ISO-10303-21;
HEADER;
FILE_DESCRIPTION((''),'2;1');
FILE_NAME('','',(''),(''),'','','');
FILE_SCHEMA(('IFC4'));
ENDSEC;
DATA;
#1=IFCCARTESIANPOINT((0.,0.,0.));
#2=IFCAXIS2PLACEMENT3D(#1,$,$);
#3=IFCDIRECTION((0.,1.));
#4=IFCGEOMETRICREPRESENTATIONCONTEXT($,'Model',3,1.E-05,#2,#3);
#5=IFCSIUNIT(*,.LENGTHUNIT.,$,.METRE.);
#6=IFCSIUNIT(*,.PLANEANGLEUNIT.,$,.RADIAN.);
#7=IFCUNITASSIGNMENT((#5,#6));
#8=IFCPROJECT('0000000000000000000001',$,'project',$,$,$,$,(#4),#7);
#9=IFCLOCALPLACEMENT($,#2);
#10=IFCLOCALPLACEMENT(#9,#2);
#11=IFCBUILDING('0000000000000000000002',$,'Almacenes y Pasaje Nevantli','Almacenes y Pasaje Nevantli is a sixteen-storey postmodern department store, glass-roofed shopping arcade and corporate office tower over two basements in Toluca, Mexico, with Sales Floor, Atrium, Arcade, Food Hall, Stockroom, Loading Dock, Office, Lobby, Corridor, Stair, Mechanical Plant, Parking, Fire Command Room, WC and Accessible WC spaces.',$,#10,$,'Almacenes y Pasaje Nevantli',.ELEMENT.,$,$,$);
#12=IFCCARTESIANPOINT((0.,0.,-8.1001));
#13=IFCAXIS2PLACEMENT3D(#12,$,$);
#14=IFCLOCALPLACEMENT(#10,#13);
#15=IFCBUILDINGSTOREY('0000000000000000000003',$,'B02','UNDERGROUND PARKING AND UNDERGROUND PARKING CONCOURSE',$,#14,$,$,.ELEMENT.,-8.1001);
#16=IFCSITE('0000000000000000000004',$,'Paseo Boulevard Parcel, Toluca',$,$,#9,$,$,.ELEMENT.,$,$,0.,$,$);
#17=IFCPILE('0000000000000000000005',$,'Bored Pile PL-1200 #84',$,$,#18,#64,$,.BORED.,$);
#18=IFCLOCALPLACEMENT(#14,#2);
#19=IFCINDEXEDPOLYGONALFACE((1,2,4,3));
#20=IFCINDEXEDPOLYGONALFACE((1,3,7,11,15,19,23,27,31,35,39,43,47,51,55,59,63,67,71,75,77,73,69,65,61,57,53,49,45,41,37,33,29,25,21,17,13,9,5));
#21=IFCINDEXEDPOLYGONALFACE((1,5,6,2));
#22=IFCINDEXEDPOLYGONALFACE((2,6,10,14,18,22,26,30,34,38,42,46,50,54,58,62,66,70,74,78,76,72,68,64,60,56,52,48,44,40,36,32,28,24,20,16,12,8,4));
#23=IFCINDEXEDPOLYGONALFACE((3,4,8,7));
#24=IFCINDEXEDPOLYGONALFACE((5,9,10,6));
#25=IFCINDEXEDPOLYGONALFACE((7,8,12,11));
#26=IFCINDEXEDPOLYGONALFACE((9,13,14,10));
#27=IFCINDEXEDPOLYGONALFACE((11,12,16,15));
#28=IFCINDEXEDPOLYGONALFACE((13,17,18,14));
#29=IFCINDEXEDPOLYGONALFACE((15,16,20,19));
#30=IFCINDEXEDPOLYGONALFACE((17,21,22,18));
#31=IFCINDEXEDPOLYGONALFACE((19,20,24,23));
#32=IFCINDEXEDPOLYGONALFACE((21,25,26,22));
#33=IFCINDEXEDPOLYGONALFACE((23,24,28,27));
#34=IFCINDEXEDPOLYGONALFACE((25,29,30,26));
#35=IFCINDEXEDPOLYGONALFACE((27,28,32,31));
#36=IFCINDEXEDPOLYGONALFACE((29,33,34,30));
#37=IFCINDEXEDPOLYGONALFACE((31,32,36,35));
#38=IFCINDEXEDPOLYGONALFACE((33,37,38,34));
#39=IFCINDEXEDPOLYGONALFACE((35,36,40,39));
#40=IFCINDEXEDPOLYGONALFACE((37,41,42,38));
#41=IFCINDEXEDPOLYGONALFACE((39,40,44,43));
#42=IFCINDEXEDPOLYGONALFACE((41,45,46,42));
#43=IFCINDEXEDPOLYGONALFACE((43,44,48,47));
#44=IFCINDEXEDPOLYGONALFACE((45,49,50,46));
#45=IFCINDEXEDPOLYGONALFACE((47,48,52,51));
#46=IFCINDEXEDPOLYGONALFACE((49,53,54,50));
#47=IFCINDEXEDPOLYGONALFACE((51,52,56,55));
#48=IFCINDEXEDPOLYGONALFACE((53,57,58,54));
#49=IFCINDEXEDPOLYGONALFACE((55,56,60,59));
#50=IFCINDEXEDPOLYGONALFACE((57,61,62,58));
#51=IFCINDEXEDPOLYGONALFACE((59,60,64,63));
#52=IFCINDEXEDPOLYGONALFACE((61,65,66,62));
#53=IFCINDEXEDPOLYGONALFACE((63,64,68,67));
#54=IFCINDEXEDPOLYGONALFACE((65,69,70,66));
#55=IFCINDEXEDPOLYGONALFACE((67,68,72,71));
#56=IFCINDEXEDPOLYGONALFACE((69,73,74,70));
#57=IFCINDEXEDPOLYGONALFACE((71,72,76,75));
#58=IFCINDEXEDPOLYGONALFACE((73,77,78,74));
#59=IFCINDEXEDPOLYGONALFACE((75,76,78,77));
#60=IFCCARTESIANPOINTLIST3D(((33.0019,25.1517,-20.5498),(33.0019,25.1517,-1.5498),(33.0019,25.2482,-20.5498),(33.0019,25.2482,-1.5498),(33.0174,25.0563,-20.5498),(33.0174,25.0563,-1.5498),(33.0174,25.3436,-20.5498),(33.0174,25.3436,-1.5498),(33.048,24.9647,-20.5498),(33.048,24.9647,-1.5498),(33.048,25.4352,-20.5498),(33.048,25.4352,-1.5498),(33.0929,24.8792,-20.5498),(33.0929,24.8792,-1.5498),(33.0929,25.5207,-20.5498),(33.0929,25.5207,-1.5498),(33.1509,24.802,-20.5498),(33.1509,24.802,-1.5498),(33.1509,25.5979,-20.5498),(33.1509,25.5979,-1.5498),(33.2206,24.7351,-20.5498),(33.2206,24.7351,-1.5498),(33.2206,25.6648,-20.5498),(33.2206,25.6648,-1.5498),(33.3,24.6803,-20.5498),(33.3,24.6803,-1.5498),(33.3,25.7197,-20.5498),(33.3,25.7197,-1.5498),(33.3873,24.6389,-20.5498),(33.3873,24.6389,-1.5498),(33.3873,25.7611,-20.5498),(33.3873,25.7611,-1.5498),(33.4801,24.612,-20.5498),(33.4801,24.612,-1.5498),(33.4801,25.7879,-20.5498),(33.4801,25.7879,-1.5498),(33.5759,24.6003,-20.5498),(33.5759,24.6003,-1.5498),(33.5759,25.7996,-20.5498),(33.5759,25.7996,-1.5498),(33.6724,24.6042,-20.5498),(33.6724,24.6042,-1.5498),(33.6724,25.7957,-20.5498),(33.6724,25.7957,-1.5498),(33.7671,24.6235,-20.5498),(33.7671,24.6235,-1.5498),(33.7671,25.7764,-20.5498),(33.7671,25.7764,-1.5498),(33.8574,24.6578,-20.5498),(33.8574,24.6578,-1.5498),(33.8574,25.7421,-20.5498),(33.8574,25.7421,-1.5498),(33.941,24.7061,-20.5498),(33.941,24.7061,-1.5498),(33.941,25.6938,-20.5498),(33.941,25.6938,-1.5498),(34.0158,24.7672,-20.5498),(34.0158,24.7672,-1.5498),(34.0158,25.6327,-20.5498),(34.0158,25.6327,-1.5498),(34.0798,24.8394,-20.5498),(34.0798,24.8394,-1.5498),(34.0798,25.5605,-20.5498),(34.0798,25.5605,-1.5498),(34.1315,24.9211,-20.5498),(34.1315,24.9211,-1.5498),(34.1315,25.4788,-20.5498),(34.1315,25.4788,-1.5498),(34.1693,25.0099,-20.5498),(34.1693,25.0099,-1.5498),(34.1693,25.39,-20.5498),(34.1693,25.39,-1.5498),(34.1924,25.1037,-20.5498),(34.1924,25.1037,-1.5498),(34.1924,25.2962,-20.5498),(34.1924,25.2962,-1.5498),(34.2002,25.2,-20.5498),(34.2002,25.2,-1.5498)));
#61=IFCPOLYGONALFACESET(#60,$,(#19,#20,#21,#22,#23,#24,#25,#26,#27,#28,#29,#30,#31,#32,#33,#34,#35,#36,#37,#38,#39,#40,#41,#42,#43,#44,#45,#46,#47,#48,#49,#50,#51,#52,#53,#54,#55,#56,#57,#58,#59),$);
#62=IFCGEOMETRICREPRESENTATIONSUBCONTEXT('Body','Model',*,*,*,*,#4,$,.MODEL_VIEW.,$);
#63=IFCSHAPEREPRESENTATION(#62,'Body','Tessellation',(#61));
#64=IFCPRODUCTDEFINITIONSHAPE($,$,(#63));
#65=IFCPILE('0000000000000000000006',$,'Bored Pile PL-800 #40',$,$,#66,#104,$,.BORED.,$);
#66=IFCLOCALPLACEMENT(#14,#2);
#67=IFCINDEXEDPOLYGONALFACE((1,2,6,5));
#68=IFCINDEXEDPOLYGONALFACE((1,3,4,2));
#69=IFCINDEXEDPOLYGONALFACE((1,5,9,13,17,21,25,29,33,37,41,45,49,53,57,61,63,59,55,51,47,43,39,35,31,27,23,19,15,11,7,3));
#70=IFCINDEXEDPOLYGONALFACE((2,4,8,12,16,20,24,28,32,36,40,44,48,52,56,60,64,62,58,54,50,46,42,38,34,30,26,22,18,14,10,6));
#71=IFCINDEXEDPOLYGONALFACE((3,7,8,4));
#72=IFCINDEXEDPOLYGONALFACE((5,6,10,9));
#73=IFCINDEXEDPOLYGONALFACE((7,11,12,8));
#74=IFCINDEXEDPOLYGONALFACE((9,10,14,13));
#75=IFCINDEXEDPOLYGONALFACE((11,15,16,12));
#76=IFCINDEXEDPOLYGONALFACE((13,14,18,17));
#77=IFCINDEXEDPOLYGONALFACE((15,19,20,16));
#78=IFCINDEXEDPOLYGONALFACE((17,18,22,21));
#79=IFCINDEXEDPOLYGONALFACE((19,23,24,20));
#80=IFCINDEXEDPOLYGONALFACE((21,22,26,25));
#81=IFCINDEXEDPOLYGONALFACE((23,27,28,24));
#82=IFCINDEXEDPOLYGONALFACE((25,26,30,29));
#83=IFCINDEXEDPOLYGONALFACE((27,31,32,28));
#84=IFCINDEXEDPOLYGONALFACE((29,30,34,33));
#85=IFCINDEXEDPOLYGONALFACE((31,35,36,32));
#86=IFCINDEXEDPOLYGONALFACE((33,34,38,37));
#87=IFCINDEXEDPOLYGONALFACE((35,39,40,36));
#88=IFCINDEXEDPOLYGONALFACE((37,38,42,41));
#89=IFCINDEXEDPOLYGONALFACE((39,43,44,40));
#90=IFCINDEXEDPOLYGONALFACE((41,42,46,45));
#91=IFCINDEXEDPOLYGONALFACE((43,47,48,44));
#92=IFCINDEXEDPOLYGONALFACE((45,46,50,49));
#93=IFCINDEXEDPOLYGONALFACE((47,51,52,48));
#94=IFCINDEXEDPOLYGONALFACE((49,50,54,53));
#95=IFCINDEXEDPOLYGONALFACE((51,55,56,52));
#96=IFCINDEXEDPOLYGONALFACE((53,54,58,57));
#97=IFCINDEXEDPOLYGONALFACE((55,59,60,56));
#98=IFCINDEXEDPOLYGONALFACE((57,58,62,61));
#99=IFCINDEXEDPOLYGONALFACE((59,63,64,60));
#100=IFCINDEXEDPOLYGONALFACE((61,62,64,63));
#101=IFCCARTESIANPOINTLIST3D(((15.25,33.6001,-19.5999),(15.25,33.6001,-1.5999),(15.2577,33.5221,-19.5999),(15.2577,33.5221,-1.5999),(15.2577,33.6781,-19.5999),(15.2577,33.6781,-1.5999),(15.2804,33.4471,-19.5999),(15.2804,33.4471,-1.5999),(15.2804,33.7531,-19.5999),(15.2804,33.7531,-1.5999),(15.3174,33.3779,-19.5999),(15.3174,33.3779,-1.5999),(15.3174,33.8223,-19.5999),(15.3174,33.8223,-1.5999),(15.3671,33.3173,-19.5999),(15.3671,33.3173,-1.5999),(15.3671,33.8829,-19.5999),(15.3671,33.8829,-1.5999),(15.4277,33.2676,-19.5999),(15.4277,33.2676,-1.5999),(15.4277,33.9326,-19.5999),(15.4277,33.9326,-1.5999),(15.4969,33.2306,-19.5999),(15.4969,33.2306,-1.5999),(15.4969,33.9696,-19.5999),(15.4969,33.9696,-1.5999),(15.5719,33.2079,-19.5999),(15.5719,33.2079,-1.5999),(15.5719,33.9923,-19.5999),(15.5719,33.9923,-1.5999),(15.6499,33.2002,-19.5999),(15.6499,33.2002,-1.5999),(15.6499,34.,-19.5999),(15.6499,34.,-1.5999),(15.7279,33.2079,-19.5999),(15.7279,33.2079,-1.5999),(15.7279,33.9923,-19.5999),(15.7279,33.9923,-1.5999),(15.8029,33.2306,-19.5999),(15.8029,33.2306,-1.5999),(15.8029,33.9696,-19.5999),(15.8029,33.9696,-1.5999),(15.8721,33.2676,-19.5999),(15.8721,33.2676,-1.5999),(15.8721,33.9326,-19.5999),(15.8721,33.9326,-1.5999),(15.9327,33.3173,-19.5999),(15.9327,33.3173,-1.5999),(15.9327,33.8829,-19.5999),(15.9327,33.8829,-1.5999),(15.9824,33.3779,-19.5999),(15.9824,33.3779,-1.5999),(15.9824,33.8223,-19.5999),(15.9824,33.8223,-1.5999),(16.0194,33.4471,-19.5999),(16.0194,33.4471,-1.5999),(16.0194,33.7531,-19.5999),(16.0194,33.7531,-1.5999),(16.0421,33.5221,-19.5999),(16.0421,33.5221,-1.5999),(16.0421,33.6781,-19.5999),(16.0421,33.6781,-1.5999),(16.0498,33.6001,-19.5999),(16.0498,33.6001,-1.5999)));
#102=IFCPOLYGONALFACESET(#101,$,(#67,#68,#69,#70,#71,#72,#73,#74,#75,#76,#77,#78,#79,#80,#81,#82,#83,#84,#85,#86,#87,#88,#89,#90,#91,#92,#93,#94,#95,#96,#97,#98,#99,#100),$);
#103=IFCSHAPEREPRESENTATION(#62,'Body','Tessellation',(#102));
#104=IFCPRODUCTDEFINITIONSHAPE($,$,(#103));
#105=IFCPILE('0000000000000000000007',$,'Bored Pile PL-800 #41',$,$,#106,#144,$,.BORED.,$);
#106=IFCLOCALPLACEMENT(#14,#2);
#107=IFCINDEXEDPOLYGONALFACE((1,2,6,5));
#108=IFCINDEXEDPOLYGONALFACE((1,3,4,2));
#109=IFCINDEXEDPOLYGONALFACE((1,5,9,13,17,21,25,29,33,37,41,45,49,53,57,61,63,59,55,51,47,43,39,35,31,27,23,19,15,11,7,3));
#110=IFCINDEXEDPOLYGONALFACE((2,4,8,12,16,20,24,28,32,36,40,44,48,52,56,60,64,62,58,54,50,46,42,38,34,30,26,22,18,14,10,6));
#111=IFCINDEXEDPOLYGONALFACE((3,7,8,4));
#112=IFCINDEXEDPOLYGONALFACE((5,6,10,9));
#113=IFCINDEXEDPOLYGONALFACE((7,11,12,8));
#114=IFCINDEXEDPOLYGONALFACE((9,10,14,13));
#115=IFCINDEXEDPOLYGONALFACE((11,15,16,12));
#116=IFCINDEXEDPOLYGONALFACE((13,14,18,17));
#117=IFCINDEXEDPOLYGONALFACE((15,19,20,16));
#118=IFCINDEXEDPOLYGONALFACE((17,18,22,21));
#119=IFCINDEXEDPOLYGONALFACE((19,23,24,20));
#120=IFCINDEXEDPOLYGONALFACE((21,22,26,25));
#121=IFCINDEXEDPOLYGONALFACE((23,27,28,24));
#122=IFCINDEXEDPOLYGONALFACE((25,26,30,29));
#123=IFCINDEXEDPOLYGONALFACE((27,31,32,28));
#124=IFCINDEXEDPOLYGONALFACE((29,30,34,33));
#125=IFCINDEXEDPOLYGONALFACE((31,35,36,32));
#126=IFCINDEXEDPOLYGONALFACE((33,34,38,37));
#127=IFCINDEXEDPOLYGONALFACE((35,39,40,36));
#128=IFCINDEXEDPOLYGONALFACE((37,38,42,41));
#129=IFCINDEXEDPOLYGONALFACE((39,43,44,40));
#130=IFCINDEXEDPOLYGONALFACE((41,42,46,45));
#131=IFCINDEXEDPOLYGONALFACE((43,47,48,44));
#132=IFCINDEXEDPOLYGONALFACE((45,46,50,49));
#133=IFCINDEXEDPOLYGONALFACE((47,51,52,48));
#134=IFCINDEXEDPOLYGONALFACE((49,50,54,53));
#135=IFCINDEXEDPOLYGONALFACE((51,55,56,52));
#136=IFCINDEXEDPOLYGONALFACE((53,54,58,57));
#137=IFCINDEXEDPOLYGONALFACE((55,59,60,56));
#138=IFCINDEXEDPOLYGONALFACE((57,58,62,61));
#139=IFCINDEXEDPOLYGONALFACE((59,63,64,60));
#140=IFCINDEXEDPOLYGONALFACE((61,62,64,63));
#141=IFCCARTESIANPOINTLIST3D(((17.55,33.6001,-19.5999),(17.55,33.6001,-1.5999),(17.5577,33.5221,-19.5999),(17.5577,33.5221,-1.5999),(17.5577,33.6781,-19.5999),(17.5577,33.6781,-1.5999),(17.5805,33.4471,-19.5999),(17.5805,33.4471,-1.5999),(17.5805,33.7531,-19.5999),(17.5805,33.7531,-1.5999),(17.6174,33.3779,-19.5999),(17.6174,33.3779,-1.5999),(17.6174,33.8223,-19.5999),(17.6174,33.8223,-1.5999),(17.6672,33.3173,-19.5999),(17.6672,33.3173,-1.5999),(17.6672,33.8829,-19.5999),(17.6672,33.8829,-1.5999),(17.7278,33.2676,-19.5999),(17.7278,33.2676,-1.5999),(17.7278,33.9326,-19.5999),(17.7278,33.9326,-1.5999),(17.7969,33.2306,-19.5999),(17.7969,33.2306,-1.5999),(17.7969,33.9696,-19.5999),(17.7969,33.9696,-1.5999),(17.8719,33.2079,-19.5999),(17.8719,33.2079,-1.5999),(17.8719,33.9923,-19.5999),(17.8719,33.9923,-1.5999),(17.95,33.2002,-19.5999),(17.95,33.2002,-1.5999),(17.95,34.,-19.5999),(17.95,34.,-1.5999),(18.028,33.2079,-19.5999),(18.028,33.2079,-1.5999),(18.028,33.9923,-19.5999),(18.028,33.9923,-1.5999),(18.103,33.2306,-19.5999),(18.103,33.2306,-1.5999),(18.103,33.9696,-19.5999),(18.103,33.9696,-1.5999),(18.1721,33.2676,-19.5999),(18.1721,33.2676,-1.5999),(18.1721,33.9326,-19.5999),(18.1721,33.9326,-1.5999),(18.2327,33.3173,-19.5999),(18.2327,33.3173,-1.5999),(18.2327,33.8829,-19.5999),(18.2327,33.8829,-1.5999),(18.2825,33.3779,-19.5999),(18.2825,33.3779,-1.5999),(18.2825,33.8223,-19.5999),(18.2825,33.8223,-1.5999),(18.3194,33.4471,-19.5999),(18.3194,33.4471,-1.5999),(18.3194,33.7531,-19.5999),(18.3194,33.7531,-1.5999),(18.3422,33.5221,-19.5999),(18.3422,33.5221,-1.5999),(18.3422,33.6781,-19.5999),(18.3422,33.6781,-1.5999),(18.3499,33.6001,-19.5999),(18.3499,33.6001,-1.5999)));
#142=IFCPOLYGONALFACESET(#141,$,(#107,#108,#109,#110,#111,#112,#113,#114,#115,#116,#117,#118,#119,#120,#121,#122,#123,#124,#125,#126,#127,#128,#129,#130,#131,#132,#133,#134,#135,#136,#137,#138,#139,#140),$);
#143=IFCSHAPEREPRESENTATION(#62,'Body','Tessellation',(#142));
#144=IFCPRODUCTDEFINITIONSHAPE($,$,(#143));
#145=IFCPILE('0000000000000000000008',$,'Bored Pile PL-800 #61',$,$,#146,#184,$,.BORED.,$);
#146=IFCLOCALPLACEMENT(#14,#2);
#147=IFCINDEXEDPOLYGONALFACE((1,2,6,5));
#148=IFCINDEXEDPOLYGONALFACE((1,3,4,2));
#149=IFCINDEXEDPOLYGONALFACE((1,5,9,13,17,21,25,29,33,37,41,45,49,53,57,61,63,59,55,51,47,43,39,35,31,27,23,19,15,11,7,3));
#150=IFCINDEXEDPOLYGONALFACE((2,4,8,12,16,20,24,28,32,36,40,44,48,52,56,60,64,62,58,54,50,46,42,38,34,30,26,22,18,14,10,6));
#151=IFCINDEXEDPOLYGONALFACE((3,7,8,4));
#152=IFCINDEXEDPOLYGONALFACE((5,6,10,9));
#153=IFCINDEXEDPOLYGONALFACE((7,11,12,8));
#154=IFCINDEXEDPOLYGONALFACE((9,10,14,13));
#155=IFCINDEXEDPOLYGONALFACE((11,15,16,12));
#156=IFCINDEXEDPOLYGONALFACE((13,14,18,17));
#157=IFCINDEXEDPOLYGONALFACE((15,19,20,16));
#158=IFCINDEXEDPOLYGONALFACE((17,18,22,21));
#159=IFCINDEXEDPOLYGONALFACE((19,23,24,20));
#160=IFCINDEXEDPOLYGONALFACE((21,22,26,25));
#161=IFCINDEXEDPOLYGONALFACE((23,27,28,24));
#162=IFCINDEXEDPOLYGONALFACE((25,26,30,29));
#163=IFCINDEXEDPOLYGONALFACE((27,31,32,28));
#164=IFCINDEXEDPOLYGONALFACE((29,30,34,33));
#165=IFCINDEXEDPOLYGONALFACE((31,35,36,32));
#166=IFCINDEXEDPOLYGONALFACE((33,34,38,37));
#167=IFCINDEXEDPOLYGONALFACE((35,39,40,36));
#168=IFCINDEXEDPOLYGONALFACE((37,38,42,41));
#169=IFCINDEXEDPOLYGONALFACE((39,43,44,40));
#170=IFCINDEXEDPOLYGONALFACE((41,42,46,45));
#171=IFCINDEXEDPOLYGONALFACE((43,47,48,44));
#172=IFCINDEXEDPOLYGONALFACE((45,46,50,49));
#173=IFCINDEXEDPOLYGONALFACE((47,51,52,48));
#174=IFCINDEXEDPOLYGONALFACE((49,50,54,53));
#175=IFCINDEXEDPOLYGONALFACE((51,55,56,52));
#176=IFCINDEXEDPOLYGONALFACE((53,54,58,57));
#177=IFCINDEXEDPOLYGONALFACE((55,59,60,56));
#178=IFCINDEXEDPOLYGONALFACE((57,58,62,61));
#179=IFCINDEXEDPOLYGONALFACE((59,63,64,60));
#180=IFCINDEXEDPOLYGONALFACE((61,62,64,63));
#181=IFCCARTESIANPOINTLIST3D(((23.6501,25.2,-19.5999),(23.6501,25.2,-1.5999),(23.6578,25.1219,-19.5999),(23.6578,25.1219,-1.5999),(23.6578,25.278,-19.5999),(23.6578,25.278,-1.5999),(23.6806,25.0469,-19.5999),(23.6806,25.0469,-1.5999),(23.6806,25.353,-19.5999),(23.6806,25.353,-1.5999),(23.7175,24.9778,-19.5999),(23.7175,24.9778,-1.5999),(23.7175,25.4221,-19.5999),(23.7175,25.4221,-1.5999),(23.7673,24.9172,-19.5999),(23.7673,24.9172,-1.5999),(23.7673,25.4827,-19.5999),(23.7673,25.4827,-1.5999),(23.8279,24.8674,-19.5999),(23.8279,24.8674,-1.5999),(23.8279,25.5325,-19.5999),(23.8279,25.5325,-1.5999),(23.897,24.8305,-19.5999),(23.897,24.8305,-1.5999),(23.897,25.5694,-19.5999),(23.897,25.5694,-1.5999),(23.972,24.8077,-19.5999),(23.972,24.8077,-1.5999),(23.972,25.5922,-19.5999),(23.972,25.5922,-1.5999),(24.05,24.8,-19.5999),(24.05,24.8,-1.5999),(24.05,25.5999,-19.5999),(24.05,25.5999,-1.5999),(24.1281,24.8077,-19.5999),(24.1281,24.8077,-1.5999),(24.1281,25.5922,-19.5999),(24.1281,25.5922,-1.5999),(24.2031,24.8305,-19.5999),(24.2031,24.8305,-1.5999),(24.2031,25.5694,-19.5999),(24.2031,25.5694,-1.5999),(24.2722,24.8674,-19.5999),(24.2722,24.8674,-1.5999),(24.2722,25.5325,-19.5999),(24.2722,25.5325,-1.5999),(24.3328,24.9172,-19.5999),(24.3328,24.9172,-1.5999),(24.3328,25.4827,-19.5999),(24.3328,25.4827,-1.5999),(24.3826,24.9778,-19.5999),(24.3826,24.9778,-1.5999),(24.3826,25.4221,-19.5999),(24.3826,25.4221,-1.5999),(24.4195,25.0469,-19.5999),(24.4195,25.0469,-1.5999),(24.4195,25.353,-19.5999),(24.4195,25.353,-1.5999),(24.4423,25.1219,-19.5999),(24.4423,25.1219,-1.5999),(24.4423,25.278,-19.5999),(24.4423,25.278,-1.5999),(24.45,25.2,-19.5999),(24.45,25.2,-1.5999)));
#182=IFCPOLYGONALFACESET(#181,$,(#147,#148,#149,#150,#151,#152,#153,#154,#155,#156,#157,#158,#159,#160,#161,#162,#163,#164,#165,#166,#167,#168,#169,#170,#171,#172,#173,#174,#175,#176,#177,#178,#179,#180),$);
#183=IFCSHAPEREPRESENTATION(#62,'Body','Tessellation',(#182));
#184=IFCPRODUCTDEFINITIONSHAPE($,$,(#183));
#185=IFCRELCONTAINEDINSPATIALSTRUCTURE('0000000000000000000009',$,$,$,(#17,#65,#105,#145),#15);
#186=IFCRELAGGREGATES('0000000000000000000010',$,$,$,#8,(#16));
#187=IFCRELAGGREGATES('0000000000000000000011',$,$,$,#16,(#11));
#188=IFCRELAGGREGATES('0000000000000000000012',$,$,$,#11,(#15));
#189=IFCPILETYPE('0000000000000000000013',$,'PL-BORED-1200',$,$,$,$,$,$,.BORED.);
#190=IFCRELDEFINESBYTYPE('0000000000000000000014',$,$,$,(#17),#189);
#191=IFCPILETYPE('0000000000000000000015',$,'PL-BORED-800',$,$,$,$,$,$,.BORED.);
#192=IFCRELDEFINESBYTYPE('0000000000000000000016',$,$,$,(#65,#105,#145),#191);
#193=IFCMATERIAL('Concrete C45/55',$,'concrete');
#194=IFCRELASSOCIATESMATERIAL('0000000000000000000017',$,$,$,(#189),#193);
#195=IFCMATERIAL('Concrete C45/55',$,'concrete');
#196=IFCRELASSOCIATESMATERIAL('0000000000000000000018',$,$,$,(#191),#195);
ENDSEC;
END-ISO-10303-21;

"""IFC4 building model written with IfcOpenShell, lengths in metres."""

from ifc_helpers import new_model, si_unit, direction, frame, origin, origin_2d, place, context, subcontext, project, spatial, circle, extrude, material, material_profile, profile_set, type_object, element, save


model = new_model("IFC4")

# Units and contexts
model_context = context("Model", 3, precision=1e-05, world=origin(), true_north=direction((0.0, 1.0)))
body_context = subcontext(model_context, "Body", "Model", "MODEL_VIEW")
ifc_project = project(units=[si_unit("LENGTHUNIT", "METRE"), si_unit("PLANEANGLEUNIT", "RADIAN")], contexts=[model_context])

# Site, building, storey
site_placement = place(None, origin())
site = spatial("IfcSite", under=ifc_project, at=site_placement, Name="Paseo Boulevard Parcel, Toluca", CompositionType="ELEMENT", RefElevation=0.0)
building_placement = place(site_placement, origin())
building = spatial("IfcBuilding", under=site, at=building_placement, Name="Almacenes y Pasaje Nevantli", Description="Almacenes y Pasaje Nevantli is a sixteen-storey postmodern department store, glass-roofed shopping arcade and corporate office tower over two basements in Toluca, Mexico, with Sales Floor, Atrium, Arcade, Food Hall, Stockroom, Loading Dock, Office, Lobby, Corridor, Stair, Mechanical Plant, Parking, Fire Command Room, WC and Accessible WC spaces.", LongName="Almacenes y Pasaje Nevantli", CompositionType="ELEMENT")
storey_placement = place(building_placement, frame((0.0, 0.0, -8.1001)))
storey = spatial("IfcBuildingStorey", under=building, at=storey_placement, Name="B02", Description="UNDERGROUND PARKING AND UNDERGROUND PARKING CONCOURSE", CompositionType="ELEMENT", Elevation=-8.1001)

# Piles
ifc_material_1 = material(Name="Concrete C45/55", Category="concrete")
ifc_material_profile_1 = material_profile(ifc_material_1, circle(Radius=0.6001, at=origin_2d()), Name="RC-PILE-D1200")
ifc_profile_set_1 = profile_set([ifc_material_profile_1], Name="Concrete C45/55")
pile_type_1 = type_object("IfcPileType", Name="PL-BORED-1200", PredefinedType="BORED", material=ifc_profile_set_1)
for number, where, z_axis, x_axis, name in (
    (1, (33.6001, 25.2, -1.5498), (0.0, 0.0, -1.0), (1.0, 0.0, 0.0), "Bored Pile PL-1200 #84"),
):
    element("IfcPile", number, at=place(storey_placement, frame(where, z_axis=z_axis, x_axis=x_axis)), inside=storey, type_object=pile_type_1, Name=name, PredefinedType="BORED", context=body_context, shape_type="SweptSolid", body=[
        extrude(circle(Radius=0.6001, at=origin_2d()), origin(), (0.0, 0.0, 1.0), 19.0),
    ])
ifc_material_2 = material(Name="Concrete C45/55", Category="concrete")
ifc_material_profile_2 = material_profile(ifc_material_2, circle(Radius=0.3999, at=origin_2d()), Name="RC-PILE-D800")
ifc_profile_set_2 = profile_set([ifc_material_profile_2], Name="Concrete C45/55")
pile_type_2 = type_object("IfcPileType", Name="PL-BORED-800", PredefinedType="BORED", material=ifc_profile_set_2)
for number, where, z_axis, x_axis, name in (
    (2, (15.6499, 33.6001, -1.5999), (0.0, 0.0, -1.0), (1.0, 0.0, 0.0), "Bored Pile PL-800 #40"),
    (3, (17.95, 33.6001, -1.5999), (0.0, 0.0, -1.0), (1.0, 0.0, 0.0), "Bored Pile PL-800 #41"),
    (4, (24.05, 25.2, -1.5999), (0.0, 0.0, -1.0), (1.0, 0.0, 0.0), "Bored Pile PL-800 #61"),
):
    element("IfcPile", number, at=place(storey_placement, frame(where, z_axis=z_axis, x_axis=x_axis)), inside=storey, type_object=pile_type_2, Name=name, PredefinedType="BORED", context=body_context, shape_type="SweptSolid", body=[
        extrude(circle(Radius=0.3999, at=origin_2d()), origin(), (0.0, 0.0, 1.0), 18.0),
    ])

save(model, "model.ifc")
